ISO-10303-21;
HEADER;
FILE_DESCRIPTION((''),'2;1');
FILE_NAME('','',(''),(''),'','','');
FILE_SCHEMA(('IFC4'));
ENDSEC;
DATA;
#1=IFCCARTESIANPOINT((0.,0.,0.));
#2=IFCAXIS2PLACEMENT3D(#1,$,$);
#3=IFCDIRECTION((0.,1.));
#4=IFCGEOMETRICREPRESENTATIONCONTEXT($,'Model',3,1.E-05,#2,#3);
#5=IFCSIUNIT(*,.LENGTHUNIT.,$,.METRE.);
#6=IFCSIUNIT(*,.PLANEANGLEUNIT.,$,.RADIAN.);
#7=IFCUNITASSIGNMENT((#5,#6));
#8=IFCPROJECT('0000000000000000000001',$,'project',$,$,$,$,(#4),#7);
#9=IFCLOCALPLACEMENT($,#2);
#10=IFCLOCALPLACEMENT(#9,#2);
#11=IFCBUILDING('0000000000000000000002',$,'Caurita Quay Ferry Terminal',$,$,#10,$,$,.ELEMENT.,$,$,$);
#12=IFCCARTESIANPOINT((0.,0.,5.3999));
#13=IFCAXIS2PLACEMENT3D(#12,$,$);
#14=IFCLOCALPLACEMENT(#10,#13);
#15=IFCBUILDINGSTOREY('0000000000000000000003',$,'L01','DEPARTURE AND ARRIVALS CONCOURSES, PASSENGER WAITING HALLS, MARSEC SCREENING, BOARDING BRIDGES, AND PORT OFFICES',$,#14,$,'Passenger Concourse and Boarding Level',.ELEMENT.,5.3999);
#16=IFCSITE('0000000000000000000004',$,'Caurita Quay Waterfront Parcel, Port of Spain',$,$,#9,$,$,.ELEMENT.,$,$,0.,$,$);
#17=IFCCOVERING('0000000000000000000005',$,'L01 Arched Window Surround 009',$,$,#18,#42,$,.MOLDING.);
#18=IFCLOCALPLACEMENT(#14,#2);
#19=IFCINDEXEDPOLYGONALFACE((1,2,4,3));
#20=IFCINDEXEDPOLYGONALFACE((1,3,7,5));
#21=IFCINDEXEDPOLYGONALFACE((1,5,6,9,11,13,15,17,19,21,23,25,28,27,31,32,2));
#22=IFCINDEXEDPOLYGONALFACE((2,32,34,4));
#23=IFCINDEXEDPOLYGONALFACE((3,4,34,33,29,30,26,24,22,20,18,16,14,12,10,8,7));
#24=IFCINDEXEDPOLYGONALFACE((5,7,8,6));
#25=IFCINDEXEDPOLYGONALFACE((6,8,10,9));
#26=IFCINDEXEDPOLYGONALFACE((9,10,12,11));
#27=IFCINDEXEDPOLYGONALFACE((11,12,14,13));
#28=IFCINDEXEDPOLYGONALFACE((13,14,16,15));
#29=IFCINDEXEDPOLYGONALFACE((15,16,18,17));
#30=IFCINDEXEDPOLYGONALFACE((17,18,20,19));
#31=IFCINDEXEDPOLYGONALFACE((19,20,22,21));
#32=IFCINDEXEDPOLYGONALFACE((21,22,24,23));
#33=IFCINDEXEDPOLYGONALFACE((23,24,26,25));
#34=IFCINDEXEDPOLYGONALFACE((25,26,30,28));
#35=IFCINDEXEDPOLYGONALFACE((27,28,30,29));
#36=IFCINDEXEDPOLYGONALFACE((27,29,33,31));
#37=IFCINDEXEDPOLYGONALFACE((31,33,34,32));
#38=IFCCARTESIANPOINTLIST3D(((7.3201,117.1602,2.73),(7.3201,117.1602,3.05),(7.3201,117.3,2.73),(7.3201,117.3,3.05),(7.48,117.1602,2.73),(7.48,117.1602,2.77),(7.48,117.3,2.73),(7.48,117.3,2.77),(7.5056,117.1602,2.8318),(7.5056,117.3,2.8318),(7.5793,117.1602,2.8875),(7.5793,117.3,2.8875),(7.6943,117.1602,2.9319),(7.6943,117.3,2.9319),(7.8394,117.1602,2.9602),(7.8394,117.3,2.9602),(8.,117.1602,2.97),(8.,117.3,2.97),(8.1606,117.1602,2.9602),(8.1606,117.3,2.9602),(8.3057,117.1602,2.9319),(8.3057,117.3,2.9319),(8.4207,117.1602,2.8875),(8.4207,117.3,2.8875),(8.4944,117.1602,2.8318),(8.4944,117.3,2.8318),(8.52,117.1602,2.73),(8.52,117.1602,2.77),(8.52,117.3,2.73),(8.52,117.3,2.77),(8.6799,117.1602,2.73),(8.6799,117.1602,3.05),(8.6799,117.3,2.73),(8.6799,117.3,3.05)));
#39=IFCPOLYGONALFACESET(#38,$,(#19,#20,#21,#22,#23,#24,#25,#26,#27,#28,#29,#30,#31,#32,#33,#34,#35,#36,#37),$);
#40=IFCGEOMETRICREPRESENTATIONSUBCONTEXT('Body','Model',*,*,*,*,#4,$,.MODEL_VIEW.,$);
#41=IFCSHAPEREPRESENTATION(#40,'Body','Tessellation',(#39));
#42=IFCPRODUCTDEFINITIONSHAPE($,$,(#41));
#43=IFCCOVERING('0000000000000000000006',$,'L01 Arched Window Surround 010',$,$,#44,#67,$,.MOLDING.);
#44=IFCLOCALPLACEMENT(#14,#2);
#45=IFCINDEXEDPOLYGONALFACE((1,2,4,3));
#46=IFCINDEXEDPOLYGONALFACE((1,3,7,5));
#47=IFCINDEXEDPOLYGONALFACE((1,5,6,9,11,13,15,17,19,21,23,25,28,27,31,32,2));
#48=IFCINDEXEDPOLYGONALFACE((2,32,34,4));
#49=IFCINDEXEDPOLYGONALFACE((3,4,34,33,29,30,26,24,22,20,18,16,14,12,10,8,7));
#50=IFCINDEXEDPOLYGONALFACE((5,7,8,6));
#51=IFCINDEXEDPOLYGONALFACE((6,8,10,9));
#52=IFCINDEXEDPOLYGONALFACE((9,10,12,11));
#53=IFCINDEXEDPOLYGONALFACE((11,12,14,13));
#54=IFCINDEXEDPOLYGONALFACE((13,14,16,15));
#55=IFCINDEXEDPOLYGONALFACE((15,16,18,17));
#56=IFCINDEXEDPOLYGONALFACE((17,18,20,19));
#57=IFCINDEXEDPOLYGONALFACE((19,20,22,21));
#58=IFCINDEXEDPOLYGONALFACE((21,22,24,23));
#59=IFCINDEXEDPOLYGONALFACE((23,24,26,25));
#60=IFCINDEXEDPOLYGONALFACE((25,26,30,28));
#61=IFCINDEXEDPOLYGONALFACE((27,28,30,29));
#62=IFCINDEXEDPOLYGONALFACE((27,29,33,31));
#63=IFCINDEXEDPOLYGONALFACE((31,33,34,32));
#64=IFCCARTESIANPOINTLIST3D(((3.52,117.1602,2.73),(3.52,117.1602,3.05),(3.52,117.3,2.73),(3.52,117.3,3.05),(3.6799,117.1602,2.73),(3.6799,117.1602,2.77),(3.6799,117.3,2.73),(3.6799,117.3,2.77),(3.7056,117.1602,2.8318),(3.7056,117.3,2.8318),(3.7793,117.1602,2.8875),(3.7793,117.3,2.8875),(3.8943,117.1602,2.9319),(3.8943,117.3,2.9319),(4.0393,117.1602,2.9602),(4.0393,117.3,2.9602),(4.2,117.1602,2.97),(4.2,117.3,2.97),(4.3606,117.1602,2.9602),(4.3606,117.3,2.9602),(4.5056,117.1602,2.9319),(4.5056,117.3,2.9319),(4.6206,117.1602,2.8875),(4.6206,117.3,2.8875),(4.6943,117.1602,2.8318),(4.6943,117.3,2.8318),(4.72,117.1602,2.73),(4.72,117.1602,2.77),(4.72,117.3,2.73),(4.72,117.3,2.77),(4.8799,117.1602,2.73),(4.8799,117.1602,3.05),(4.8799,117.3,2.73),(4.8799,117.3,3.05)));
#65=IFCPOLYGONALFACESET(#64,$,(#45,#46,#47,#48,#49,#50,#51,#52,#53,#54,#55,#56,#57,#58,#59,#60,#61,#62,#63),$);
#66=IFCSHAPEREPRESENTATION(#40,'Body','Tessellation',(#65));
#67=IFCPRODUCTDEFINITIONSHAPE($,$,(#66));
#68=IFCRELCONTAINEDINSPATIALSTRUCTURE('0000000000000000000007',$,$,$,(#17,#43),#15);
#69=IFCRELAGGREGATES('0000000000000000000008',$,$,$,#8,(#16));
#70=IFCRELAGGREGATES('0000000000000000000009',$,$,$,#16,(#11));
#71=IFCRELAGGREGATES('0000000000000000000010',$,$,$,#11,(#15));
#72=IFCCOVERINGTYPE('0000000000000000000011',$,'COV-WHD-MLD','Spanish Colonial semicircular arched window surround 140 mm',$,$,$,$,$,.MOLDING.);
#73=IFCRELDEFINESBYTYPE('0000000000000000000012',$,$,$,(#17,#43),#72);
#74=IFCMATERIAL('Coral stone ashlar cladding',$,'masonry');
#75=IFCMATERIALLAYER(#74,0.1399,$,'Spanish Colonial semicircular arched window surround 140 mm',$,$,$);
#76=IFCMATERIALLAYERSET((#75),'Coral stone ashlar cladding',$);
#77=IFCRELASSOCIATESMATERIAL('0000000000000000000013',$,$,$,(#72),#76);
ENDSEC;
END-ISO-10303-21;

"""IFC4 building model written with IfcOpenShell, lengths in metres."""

from ifc_helpers import new_model, si_unit, direction, frame, origin, place, context, subcontext, project, spatial, polyline, outline, extrude, material, layer, layer_set, type_object, element, save


model = new_model("IFC4")

# Units and contexts
model_context = context("Model", 3, precision=1e-05, world=origin(), true_north=direction((0.0, 1.0)))
body_context = subcontext(model_context, "Body", "Model", "MODEL_VIEW")
ifc_project = project(units=[si_unit("LENGTHUNIT", "METRE"), si_unit("PLANEANGLEUNIT", "RADIAN")], contexts=[model_context])

# Site, building, storey
site_placement = place(None, origin())
site = spatial("IfcSite", under=ifc_project, at=site_placement, Name="Caurita Quay Waterfront Parcel, Port of Spain", CompositionType="ELEMENT", RefElevation=0.0)
building_placement = place(site_placement, origin())
building = spatial("IfcBuilding", under=site, at=building_placement, Name="Caurita Quay Ferry Terminal", CompositionType="ELEMENT")
storey_placement = place(building_placement, frame((0.0, 0.0, 5.3999)))
storey = spatial("IfcBuildingStorey", under=building, at=storey_placement, Name="L01", Description="DEPARTURE AND ARRIVALS CONCOURSES, PASSENGER WAITING HALLS, MARSEC SCREENING, BOARDING BRIDGES, AND PORT OFFICES", LongName="Passenger Concourse and Boarding Level", CompositionType="ELEMENT", Elevation=5.3999)

# Coverings
ifc_material_1 = material(Name="Coral stone ashlar cladding", Category="masonry")
ifc_layer_1 = layer(ifc_material_1, 0.1399, Name="Spanish Colonial semicircular arched window surround 140 mm")
ifc_layer_set_1 = layer_set([ifc_layer_1], Name="Coral stone ashlar cladding")
covering_type_1 = type_object("IfcCoveringType", Name="COV-WHD-MLD", Description="Spanish Colonial semicircular arched window surround 140 mm", PredefinedType="MOLDING", material=ifc_layer_set_1)
for number, where, z_axis, x_axis, name in (
    (1, (8.6799, 117.23, 2.73), (0.0, 0.0, 1.0), (-1.0, 0.0, 0.0), "L01 Arched Window Surround 009"),
    (2, (4.8799, 117.23, 2.73), (0.0, 0.0, 1.0), (-1.0, 0.0, 0.0), "L01 Arched Window Surround 010"),
):
    element("IfcCovering", number, at=place(storey_placement, frame(where, z_axis=z_axis, x_axis=x_axis)), inside=storey, type_object=covering_type_1, Name=name, PredefinedType="MOLDING", context=body_context, shape_type="SweptSolid", body=[
        extrude(outline(polyline([(0.0, 0.0), (0.1599, 0.0), (0.1599, 0.04), (0.1855, 0.1018), (0.2593, 0.1575), (0.3743, 0.2019), (0.5193, 0.2302), (0.6799, 0.24), (0.8406, 0.2302), (0.9856, 0.2019), (1.1006, 0.1575), (1.1743, 0.1018), (1.2, 0.04), (1.2, 0.0), (1.3599, 0.0), (1.3599, 0.3201), (0.0, 0.3201), (0.0, 0.0)])), frame((0.0, 0.0698, 0.0), z_axis=(0.0, -1.0, 0.0), x_axis=(1.0, 0.0, 0.0)), (0.0, 0.0, 1.0), 0.1399),
    ])

save(model, "model.ifc")
